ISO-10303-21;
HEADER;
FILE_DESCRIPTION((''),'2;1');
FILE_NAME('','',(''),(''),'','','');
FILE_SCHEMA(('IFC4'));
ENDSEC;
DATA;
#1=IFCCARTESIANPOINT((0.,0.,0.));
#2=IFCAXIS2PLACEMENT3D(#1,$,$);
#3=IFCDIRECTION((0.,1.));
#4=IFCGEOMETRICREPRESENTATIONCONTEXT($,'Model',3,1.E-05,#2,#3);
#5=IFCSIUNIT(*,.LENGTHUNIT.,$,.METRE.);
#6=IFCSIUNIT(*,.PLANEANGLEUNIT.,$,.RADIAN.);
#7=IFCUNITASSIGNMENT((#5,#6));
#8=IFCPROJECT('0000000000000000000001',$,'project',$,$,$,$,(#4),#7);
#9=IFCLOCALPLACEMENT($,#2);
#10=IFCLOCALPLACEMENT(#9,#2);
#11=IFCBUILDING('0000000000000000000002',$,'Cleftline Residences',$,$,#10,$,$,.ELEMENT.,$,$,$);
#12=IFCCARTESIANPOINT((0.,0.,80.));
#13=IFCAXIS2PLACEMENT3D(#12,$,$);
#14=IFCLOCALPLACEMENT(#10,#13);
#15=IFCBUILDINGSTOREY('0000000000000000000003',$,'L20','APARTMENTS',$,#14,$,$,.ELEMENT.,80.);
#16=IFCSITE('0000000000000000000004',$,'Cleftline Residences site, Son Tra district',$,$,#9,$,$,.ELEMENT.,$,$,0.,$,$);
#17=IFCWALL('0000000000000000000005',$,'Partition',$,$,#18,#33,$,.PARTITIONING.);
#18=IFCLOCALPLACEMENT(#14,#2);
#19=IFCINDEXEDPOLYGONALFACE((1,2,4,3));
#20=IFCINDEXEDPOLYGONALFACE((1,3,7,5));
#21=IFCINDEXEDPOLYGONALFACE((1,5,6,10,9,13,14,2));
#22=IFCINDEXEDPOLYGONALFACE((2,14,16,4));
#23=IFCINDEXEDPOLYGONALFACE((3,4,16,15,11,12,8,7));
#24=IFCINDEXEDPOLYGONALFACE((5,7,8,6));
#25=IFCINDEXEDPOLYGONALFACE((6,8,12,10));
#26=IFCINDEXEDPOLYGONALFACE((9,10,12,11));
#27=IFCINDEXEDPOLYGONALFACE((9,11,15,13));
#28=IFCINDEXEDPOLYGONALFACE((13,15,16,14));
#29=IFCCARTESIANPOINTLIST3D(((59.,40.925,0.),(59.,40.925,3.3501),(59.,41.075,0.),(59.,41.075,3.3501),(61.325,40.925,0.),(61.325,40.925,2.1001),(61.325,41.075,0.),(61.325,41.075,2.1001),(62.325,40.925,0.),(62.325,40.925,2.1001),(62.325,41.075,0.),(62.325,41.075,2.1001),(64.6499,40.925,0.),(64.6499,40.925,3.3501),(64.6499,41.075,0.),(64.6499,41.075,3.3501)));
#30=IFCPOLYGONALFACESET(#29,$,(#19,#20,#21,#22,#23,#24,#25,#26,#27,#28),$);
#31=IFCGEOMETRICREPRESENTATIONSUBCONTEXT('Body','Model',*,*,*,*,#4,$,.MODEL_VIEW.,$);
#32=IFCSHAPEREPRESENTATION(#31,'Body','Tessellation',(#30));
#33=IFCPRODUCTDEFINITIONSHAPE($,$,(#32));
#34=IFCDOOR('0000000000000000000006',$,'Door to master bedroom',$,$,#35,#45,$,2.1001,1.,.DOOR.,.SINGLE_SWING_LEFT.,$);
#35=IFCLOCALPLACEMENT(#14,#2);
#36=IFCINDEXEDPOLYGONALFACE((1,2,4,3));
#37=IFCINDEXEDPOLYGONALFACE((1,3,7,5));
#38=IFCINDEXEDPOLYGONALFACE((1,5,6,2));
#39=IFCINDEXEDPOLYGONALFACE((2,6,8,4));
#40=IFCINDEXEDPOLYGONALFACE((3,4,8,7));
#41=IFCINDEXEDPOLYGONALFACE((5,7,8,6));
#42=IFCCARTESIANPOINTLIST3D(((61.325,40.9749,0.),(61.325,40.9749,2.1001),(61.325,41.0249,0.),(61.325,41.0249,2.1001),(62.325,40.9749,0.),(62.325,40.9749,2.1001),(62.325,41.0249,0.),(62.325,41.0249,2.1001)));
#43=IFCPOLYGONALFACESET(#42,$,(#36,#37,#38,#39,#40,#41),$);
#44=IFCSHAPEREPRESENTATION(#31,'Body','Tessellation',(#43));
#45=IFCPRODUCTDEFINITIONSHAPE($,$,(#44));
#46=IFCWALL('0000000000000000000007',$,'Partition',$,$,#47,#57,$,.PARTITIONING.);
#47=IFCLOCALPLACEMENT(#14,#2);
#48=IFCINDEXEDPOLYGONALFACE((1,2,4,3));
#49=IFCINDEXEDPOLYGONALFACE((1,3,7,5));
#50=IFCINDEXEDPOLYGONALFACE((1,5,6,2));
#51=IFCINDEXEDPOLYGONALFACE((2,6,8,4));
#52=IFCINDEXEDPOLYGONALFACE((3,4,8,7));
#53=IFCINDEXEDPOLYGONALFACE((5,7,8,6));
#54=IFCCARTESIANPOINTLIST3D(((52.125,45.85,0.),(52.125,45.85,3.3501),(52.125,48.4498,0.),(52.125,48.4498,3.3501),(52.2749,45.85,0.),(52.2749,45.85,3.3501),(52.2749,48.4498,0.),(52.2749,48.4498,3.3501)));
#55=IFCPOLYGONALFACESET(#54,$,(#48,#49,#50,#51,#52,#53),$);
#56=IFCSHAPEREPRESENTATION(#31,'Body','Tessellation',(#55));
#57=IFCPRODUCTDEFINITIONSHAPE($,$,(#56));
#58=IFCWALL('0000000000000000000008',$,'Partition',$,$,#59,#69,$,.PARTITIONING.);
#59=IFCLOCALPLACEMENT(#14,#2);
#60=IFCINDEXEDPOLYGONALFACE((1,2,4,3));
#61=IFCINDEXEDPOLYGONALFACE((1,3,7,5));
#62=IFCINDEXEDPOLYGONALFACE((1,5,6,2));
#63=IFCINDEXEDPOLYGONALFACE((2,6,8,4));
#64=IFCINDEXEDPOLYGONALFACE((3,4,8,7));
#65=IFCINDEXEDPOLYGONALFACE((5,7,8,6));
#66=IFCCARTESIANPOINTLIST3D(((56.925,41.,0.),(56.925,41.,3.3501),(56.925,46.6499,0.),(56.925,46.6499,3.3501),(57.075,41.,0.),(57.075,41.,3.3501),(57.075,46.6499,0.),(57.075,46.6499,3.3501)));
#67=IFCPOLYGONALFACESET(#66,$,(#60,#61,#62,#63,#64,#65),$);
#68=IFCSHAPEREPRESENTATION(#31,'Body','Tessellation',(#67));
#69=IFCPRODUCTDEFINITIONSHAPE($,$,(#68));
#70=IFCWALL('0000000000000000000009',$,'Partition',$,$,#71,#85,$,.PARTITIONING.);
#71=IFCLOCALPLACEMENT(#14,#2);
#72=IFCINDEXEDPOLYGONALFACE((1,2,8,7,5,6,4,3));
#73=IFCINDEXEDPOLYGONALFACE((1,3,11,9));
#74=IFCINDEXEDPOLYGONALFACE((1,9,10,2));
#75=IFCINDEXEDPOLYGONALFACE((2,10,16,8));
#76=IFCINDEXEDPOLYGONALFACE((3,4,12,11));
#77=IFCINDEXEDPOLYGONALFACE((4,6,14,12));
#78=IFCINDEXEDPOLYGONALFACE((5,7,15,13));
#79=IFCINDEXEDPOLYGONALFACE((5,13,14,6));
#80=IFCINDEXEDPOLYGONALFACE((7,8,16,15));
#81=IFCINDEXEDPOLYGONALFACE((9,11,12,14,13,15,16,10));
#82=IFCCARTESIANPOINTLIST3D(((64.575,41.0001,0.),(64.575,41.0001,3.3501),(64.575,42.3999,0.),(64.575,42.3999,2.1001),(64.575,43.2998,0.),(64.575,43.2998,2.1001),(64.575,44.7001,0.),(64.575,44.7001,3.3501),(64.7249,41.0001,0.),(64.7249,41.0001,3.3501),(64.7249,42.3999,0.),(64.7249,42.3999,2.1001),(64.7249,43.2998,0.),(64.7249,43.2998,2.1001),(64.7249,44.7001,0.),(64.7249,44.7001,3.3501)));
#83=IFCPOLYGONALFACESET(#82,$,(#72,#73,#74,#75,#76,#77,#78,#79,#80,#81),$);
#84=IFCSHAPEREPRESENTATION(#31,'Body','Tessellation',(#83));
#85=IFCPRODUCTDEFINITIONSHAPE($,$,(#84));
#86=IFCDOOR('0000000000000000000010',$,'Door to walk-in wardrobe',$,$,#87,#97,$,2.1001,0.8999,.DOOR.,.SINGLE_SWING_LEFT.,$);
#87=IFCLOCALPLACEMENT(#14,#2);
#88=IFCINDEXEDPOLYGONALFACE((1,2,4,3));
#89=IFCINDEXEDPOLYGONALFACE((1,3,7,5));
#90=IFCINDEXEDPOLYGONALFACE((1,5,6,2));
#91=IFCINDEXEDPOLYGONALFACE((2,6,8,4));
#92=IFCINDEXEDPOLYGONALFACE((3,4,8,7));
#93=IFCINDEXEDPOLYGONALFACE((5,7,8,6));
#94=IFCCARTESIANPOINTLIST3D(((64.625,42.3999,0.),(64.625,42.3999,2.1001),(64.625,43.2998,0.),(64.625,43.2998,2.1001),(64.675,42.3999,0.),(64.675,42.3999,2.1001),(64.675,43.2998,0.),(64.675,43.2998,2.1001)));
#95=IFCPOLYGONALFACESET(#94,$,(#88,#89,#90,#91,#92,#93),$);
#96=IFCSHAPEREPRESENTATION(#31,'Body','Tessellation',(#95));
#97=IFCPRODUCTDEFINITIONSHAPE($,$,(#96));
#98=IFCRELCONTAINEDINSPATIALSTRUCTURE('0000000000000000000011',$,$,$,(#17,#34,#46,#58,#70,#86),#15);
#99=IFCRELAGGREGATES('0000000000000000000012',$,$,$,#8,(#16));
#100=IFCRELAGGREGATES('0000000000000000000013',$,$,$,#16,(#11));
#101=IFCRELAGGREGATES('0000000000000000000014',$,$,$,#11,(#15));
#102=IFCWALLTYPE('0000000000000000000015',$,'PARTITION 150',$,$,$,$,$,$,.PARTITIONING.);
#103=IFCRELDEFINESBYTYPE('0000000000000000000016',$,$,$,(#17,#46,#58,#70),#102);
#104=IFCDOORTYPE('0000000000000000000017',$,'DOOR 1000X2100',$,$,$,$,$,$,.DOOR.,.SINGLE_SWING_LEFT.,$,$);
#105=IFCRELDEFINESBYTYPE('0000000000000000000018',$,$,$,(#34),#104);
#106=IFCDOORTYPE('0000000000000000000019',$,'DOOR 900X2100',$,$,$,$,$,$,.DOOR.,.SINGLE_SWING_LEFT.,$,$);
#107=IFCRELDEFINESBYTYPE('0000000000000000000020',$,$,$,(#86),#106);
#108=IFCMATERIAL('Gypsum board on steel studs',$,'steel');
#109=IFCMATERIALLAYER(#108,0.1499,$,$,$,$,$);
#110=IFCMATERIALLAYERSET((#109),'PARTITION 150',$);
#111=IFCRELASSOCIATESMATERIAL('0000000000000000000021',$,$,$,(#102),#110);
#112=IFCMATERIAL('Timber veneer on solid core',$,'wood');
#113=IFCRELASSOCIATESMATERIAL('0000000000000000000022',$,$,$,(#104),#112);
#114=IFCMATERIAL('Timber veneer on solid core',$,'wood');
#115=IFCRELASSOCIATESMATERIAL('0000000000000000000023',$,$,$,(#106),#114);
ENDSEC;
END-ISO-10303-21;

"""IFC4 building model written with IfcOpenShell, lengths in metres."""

from ifc_helpers import new_model, si_unit, direction, frame, frame_2d, origin, place, context, subcontext, project, spatial, rectangle, extrude, material, layer, layer_set, type_object, element, fill, save


model = new_model("IFC4")

# Units and contexts
model_context = context("Model", 3, precision=1e-05, world=origin(), true_north=direction((0.0, 1.0)))
body_context = subcontext(model_context, "Body", "Model", "MODEL_VIEW")
ifc_project = project(units=[si_unit("LENGTHUNIT", "METRE"), si_unit("PLANEANGLEUNIT", "RADIAN")], contexts=[model_context])

# Site, building, storey
site_placement = place(None, origin())
site = spatial("IfcSite", under=ifc_project, at=site_placement, Name="Cleftline Residences site, Son Tra district", CompositionType="ELEMENT", RefElevation=0.0)
building_placement = place(site_placement, origin())
building = spatial("IfcBuilding", under=site, at=building_placement, Name="Cleftline Residences", CompositionType="ELEMENT")
storey_placement = place(building_placement, frame((0.0, 0.0, 80.0)))
storey = spatial("IfcBuildingStorey", under=building, at=storey_placement, Name="L20", Description="APARTMENTS", CompositionType="ELEMENT", Elevation=80.0)

# Wall, opening, door
ifc_material_1 = material(Name="Gypsum board on steel studs", Category="steel")
ifc_layer_1 = layer(ifc_material_1, 0.1499)
ifc_layer_set_1 = layer_set([ifc_layer_1], Name="PARTITION 150")
wall_type_1 = type_object("IfcWallType", Name="PARTITION 150", PredefinedType="PARTITIONING", material=ifc_layer_set_1)
wall_1_placement = place(storey_placement, frame((59.0, 41.0, 0.0), z_axis=(0.0, 0.0, 1.0), x_axis=(1.0, 0.0, 0.0)))
wall_1 = element("IfcWall", 1, at=wall_1_placement, inside=storey, type_object=wall_type_1, Name="Partition", PredefinedType="PARTITIONING", context=body_context, shape_type="SweptSolid", body=[
    extrude(rectangle(XDim=5.6499, YDim=0.1499, at=frame_2d((2.825, 0.0))), origin(), (0.0, 0.0, 1.0), 3.3501),
])
opening_1_placement = place(wall_1_placement, frame((2.325, 0.0, 0.0)))
opening_1 = element("IfcOpeningElement", 2, at=opening_1_placement, cuts=wall_1, PredefinedType="OPENING", context=body_context, shape_type="SweptSolid", body=[
    extrude(rectangle(XDim=1.0, YDim=2.1001, at=frame_2d((0.5, 1.05))), frame((0.0, 0.085, 0.0), z_axis=(0.0, -1.0, 0.0), x_axis=(1.0, 0.0, 0.0)), (0.0, 0.0, 1.0), 0.1699),
])
ifc_material_2 = material(Name="Timber veneer on solid core", Category="wood")
door_type_1 = type_object("IfcDoorType", Name="DOOR 1000X2100", OperationType="SINGLE_SWING_LEFT", PredefinedType="DOOR", material=ifc_material_2)
door_1_placement = place(opening_1_placement, origin())
door_1 = element("IfcDoor", 3, at=door_1_placement, inside=storey, type_object=door_type_1, Name="Door to master bedroom", OperationType="SINGLE_SWING_LEFT", OverallHeight=2.1001, OverallWidth=1.0, PredefinedType="DOOR", context=body_context, shape_type="SweptSolid", body=[
    extrude(rectangle(XDim=1.0, YDim=2.1001, at=frame_2d((0.5, 1.05))), frame((0.0, 0.0249, 0.0), z_axis=(0.0, -1.0, 0.0), x_axis=(1.0, 0.0, 0.0)), (0.0, 0.0, 1.0), 0.05),
])
fill(opening_1, door_1)

# Walls
wall_2_placement = place(storey_placement, frame((52.2, 45.8501, 0.0), z_axis=(0.0, 0.0, 1.0), x_axis=(0.0, 1.0, 0.0)))
element("IfcWall", 4, at=wall_2_placement, inside=storey, type_object=wall_type_1, Name="Partition", PredefinedType="PARTITIONING", context=body_context, shape_type="SweptSolid", body=[
    extrude(rectangle(XDim=2.5999, YDim=0.1499, at=frame_2d((1.2998, 0.0))), origin(), (0.0, 0.0, 1.0), 3.3501),
])
wall_3_placement = place(storey_placement, frame((57.0, 41.0, 0.0), z_axis=(0.0, 0.0, 1.0), x_axis=(0.0, 1.0, 0.0)))
element("IfcWall", 5, at=wall_3_placement, inside=storey, type_object=wall_type_1, Name="Partition", PredefinedType="PARTITIONING", context=body_context, shape_type="SweptSolid", body=[
    extrude(rectangle(XDim=5.6499, YDim=0.1499, at=frame_2d((2.825, 0.0))), origin(), (0.0, 0.0, 1.0), 3.3501),
])

# Wall, opening, door
wall_4_placement = place(storey_placement, frame((64.6499, 41.0, 0.0), z_axis=(0.0, 0.0, 1.0), x_axis=(0.0, 1.0, 0.0)))
wall_4 = element("IfcWall", 6, at=wall_4_placement, inside=storey, type_object=wall_type_1, Name="Partition", PredefinedType="PARTITIONING", context=body_context, shape_type="SweptSolid", body=[
    extrude(rectangle(XDim=3.7, YDim=0.1499, at=frame_2d((1.8501, 0.0))), origin(), (0.0, 0.0, 1.0), 3.3501),
])
opening_2_placement = place(wall_4_placement, frame((1.3999, 0.0, 0.0)))
opening_2 = element("IfcOpeningElement", 7, at=opening_2_placement, cuts=wall_4, PredefinedType="OPENING", context=body_context, shape_type="SweptSolid", body=[
    extrude(rectangle(XDim=0.8999, YDim=2.1001, at=frame_2d((0.45, 1.05))), frame((0.0, 0.085, 0.0), z_axis=(0.0, -1.0, 0.0), x_axis=(1.0, 0.0, 0.0)), (0.0, 0.0, 1.0), 0.1699),
])
ifc_material_3 = material(Name="Timber veneer on solid core", Category="wood")
door_type_2 = type_object("IfcDoorType", Name="DOOR 900X2100", OperationType="SINGLE_SWING_LEFT", PredefinedType="DOOR", material=ifc_material_3)
door_2_placement = place(opening_2_placement, origin())
door_2 = element("IfcDoor", 8, at=door_2_placement, inside=storey, type_object=door_type_2, Name="Door to walk-in wardrobe", OperationType="SINGLE_SWING_LEFT", OverallHeight=2.1001, OverallWidth=0.8999, PredefinedType="DOOR", context=body_context, shape_type="SweptSolid", body=[
    extrude(rectangle(XDim=0.8999, YDim=2.1001, at=frame_2d((0.45, 1.05))), frame((0.0, 0.0249, 0.0), z_axis=(0.0, -1.0, 0.0), x_axis=(1.0, 0.0, 0.0)), (0.0, 0.0, 1.0), 0.05),
])
fill(opening_2, door_2)

save(model, "model.ifc")
